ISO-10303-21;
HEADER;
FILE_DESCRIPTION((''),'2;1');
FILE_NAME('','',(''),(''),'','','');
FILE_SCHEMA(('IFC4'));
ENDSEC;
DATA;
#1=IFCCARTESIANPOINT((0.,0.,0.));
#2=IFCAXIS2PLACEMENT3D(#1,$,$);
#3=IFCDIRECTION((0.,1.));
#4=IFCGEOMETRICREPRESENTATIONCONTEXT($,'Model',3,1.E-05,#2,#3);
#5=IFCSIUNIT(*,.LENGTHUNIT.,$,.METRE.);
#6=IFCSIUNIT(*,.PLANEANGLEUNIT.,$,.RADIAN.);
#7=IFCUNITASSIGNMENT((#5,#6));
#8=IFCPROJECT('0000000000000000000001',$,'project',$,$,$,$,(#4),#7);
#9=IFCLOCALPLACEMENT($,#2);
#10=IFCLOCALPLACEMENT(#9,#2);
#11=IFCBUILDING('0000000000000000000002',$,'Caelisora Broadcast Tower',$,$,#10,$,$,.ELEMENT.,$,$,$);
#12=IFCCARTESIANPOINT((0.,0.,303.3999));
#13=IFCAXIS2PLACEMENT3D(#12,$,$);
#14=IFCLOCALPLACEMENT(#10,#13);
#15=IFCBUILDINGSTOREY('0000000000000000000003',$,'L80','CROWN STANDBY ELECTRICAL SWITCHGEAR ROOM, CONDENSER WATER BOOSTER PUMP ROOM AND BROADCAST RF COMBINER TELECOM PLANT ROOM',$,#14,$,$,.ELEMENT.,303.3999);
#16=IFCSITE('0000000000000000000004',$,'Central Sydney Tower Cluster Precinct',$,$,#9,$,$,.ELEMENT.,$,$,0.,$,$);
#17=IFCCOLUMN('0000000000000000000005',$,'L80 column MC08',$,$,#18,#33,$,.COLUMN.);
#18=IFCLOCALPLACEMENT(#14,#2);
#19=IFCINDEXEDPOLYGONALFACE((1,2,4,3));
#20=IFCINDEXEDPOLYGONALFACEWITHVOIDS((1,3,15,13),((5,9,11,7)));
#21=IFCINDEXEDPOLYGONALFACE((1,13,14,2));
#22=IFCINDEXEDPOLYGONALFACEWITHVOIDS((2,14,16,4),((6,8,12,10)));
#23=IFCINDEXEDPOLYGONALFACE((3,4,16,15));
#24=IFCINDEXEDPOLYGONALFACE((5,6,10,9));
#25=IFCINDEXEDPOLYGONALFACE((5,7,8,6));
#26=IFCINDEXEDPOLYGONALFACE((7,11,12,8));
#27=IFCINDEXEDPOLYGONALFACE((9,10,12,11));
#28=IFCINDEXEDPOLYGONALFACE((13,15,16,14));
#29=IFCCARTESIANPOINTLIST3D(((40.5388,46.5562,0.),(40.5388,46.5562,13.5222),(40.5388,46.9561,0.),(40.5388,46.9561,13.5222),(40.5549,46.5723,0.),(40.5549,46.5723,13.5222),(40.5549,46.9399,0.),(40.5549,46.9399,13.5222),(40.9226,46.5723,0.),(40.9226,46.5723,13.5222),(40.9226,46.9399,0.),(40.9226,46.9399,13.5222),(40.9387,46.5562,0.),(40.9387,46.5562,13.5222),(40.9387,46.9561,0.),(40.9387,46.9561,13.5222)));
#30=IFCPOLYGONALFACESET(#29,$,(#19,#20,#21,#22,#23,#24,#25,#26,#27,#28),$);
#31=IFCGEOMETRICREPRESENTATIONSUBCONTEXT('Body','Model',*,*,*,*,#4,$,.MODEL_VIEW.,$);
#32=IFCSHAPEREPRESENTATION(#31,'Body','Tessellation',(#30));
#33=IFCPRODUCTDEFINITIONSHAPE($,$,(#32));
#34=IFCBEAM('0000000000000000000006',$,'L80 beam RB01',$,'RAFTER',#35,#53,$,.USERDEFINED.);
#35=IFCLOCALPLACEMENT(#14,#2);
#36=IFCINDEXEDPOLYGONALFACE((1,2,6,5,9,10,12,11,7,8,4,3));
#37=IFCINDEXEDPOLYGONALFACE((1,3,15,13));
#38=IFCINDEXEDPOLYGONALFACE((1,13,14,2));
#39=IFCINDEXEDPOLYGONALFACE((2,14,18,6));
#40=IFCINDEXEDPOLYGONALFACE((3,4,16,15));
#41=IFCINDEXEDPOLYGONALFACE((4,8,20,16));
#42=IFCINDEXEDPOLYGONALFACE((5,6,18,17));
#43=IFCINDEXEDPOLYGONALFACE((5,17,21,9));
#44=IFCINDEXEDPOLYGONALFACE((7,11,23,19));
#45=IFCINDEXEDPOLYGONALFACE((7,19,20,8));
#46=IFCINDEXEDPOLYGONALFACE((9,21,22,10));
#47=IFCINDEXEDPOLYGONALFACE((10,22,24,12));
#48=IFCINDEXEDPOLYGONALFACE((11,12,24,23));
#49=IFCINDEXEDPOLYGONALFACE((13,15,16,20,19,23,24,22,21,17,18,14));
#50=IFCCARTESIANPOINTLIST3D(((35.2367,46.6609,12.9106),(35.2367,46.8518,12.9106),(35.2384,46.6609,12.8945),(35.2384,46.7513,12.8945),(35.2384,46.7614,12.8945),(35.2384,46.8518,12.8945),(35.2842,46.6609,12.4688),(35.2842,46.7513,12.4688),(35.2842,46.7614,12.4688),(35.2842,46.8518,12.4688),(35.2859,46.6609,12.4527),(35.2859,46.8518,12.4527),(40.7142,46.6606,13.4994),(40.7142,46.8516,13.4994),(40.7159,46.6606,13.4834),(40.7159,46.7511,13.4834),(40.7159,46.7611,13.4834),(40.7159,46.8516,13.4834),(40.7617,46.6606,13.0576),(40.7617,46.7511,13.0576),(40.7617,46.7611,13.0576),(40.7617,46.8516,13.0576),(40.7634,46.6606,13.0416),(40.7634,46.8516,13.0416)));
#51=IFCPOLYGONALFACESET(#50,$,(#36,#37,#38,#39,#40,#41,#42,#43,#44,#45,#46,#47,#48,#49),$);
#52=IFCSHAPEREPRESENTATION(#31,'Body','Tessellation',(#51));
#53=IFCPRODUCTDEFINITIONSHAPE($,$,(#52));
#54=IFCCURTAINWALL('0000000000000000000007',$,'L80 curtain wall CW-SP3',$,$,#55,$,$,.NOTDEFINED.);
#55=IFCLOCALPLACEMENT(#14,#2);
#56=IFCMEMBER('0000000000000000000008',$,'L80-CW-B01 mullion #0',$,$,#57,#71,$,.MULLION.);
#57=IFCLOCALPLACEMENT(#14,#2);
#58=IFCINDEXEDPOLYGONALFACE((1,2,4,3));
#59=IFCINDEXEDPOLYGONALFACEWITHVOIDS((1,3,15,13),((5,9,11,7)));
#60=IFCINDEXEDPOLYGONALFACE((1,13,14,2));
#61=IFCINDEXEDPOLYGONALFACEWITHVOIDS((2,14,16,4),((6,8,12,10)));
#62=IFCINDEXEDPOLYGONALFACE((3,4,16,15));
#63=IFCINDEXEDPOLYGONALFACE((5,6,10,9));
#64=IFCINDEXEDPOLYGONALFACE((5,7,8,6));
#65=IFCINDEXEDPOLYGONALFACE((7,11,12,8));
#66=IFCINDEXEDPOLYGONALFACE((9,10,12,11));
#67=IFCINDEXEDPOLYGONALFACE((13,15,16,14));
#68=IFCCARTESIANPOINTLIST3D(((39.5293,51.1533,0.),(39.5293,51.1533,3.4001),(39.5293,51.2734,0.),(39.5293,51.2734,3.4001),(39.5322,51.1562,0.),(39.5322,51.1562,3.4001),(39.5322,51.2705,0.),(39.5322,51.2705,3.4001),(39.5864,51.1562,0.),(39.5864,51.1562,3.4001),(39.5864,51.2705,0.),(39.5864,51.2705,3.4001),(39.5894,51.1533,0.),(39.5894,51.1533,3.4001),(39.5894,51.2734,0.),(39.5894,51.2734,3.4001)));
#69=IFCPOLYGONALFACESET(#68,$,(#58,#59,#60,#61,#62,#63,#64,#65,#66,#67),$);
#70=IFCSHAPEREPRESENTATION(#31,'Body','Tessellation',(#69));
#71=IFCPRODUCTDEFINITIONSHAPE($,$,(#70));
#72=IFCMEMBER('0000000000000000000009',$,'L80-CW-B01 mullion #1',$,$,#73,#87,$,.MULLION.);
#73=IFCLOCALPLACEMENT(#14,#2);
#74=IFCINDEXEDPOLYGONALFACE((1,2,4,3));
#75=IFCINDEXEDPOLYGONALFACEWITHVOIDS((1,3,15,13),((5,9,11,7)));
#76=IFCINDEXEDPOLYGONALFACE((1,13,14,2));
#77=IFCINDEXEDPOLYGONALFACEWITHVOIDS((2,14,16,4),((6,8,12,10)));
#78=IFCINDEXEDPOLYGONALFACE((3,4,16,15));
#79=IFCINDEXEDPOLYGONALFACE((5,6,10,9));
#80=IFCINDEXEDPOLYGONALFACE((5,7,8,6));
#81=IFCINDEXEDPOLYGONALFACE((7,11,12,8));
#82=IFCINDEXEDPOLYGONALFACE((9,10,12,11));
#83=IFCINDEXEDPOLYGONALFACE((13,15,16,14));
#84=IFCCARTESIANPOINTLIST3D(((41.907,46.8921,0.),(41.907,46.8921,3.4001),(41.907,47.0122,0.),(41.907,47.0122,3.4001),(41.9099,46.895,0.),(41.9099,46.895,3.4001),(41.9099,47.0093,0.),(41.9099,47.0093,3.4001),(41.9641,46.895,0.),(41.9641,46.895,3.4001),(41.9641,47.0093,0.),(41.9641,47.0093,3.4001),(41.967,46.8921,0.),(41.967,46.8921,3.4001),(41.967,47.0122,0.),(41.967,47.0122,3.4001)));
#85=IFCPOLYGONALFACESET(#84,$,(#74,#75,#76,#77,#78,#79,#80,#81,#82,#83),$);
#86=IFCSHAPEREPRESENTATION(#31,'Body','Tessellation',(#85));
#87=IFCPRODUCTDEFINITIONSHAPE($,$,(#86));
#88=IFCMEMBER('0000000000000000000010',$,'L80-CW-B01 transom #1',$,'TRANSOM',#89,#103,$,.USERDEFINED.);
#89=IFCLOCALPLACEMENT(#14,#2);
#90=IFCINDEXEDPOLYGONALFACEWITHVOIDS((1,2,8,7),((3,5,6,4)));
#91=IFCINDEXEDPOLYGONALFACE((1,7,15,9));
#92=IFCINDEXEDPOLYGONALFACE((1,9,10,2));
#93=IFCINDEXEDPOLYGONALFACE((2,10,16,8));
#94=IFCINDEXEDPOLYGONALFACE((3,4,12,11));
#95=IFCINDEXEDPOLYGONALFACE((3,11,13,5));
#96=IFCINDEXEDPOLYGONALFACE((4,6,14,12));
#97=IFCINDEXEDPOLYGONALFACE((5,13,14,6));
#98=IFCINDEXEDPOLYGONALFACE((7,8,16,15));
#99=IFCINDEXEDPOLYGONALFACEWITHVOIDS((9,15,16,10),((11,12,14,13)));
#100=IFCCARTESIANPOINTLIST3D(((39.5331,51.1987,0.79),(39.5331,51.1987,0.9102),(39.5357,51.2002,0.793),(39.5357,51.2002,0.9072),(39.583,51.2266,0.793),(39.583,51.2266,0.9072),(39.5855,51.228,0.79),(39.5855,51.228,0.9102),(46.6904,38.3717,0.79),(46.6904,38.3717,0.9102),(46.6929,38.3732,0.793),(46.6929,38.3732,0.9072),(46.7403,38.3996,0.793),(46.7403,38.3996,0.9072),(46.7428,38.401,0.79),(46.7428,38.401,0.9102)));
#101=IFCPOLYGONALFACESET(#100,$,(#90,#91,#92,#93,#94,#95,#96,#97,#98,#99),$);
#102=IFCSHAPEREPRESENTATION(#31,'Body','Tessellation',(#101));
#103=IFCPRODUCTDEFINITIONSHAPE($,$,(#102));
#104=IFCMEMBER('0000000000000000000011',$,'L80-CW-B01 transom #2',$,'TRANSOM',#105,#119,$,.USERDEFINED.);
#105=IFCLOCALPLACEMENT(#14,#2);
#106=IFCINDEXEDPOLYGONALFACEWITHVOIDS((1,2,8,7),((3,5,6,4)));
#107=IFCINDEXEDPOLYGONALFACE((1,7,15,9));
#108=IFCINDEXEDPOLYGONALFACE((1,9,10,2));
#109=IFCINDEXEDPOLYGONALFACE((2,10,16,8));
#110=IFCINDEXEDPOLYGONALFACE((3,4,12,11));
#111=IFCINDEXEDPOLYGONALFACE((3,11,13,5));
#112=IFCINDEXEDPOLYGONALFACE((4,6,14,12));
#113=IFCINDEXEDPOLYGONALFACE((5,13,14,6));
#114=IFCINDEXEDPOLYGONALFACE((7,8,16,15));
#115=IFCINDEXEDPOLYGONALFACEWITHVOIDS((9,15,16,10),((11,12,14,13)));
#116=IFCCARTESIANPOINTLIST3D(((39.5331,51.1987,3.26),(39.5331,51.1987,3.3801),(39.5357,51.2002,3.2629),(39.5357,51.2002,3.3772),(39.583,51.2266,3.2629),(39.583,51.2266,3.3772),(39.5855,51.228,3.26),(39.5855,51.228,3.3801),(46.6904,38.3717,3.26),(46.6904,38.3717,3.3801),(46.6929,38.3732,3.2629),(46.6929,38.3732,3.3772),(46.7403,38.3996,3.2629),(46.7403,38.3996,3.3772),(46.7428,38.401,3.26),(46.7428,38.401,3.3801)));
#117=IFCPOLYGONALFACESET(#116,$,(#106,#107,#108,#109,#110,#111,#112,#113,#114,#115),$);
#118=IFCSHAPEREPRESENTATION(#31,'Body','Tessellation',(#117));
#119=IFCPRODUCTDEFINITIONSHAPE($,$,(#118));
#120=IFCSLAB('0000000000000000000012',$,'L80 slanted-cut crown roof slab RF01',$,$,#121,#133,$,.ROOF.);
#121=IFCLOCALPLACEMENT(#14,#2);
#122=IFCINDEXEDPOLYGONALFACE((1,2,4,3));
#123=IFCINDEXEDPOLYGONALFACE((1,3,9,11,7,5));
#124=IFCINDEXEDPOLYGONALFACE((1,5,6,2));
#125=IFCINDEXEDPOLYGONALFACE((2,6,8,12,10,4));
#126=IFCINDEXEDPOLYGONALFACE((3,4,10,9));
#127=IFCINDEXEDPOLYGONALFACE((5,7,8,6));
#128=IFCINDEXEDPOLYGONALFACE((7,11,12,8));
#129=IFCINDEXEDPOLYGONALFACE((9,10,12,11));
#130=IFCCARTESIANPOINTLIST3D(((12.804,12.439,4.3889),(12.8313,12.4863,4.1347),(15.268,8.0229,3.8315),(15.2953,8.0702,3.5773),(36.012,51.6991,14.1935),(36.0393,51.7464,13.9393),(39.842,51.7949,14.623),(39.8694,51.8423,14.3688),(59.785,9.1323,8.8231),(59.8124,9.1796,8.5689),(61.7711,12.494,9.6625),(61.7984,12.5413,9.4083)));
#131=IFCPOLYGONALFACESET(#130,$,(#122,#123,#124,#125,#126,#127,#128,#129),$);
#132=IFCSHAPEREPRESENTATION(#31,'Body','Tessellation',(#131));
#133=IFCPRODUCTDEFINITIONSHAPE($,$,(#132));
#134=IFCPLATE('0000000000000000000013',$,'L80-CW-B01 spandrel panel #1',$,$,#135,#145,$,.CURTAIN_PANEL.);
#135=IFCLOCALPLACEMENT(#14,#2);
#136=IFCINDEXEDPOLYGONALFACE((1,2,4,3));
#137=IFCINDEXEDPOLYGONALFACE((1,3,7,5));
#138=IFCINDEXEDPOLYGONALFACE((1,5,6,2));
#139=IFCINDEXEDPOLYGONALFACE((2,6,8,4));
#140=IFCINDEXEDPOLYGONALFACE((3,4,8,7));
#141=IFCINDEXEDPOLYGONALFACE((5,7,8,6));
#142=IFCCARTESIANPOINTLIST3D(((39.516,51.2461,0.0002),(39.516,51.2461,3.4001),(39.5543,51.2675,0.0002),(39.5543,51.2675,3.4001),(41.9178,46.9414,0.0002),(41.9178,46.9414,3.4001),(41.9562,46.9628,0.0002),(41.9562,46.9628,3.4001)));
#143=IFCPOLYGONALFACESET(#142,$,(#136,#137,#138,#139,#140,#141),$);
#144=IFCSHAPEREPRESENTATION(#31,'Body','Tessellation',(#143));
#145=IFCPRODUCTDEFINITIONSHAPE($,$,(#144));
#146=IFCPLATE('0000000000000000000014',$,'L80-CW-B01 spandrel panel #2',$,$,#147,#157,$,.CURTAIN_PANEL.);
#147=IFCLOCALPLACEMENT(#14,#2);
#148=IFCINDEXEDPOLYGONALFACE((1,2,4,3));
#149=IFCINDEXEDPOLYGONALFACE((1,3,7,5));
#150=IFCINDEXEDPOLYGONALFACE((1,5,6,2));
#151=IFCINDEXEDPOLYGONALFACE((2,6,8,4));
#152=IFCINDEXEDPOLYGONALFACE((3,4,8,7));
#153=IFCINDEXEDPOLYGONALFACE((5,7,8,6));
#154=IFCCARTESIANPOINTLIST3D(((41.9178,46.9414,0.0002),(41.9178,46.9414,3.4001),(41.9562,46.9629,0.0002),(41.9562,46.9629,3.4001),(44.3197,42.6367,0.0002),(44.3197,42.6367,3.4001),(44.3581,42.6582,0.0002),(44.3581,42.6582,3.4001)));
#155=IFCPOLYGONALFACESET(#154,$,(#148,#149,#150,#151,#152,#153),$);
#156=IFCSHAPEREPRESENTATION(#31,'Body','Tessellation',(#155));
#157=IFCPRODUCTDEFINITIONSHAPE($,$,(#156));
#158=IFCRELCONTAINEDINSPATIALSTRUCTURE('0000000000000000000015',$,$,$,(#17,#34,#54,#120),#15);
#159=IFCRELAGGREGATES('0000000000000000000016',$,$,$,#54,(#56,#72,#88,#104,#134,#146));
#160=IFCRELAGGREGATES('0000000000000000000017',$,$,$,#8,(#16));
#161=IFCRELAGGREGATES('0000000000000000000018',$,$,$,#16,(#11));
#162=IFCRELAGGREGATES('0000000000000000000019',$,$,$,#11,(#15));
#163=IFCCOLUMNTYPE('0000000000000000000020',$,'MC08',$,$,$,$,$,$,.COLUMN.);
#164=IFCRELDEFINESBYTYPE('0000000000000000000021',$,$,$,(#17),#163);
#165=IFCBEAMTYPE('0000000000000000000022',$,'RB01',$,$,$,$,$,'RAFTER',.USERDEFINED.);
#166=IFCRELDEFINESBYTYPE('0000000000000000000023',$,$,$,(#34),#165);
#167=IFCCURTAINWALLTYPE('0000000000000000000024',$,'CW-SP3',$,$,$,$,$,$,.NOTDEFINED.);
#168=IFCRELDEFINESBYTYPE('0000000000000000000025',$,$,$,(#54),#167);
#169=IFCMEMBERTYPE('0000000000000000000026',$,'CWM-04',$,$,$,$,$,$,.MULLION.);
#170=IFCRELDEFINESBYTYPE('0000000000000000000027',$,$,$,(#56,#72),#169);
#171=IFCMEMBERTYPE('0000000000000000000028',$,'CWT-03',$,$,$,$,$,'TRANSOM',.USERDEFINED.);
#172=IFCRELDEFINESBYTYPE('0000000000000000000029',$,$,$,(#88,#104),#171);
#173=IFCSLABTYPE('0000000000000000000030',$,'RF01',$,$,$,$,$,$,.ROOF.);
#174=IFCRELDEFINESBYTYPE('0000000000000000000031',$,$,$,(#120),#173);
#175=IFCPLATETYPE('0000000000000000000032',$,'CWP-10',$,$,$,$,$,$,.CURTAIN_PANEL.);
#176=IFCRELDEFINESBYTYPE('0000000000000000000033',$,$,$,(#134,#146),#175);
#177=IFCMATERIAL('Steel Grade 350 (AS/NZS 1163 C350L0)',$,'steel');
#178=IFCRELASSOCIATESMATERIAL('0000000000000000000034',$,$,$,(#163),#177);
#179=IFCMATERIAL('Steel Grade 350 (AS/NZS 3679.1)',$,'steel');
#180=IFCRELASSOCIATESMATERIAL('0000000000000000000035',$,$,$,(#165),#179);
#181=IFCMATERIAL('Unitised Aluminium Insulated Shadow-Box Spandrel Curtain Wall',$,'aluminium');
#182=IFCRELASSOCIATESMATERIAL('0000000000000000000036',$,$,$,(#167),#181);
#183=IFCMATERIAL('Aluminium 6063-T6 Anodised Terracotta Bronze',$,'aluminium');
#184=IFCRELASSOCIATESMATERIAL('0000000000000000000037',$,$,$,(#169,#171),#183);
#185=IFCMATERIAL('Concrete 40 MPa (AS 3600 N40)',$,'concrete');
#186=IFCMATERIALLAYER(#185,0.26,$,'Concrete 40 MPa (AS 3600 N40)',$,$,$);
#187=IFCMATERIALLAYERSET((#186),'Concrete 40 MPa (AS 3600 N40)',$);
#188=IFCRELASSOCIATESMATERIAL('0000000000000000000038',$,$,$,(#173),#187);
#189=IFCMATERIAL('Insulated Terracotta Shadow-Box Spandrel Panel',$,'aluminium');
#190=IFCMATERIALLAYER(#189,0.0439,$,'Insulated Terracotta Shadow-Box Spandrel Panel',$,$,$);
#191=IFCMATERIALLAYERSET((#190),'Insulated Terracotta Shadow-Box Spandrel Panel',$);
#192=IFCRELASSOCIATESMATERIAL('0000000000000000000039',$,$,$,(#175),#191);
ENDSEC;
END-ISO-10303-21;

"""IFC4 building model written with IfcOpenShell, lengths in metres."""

from ifc_helpers import new_model, si_unit, direction, frame, origin, origin_2d, place, context, subcontext, project, spatial, polyline, rectangle, hollow_rectangle, i_section, outline, extrude, source, transform, mapped, material, layer, layer_set, material_profile, profile_set, type_object, type_shapes, element, aggregate, save


model = new_model("IFC4")

# Units and contexts
model_context = context("Model", 3, precision=1e-05, world=origin(), true_north=direction((0.0, 1.0)))
body_context = subcontext(model_context, "Body", "Model", "MODEL_VIEW")
ifc_project = project(units=[si_unit("LENGTHUNIT", "METRE"), si_unit("PLANEANGLEUNIT", "RADIAN")], contexts=[model_context])

# Site, building, storey
site_placement = place(None, origin())
site = spatial("IfcSite", under=ifc_project, at=site_placement, Name="Central Sydney Tower Cluster Precinct", CompositionType="ELEMENT", RefElevation=0.0)
building_placement = place(site_placement, origin())
building = spatial("IfcBuilding", under=site, at=building_placement, Name="Caelisora Broadcast Tower", CompositionType="ELEMENT")
storey_placement = place(building_placement, frame((0.0, 0.0, 303.3999)))
storey = spatial("IfcBuildingStorey", under=building, at=storey_placement, Name="L80", Description="CROWN STANDBY ELECTRICAL SWITCHGEAR ROOM, CONDENSER WATER BOOSTER PUMP ROOM AND BROADCAST RF COMBINER TELECOM PLANT ROOM", CompositionType="ELEMENT", Elevation=303.3999)

# Column
ifc_material_1 = material(Name="Steel Grade 350 (AS/NZS 1163 C350L0)", Category="steel")
ifc_material_profile_1 = material_profile(ifc_material_1, hollow_rectangle(XDim=0.3999, YDim=0.3999, WallThickness=0.0161, at=origin_2d()), Name="Steel Grade 350 (AS/NZS 1163 C350L0)")
ifc_profile_set_1 = profile_set([ifc_material_profile_1], Name="Steel Grade 350 (AS/NZS 1163 C350L0)")
column_type = type_object("IfcColumnType", Name="MC08", PredefinedType="COLUMN", material=ifc_profile_set_1)
shared_shape_1 = source(origin(), body_context, "Body", "SweptSolid", [
    extrude(hollow_rectangle(XDim=0.3999, YDim=0.3999, WallThickness=0.0161, at=origin_2d()), origin(), (0.0, 0.0, 1.0), 13.5222),
])
type_shapes(column_type, [shared_shape_1])
column_placement = place(storey_placement, frame((40.7388, 46.7561, 0.0), z_axis=(0.0, 0.0, 1.0), x_axis=(1.0, 0.0, 0.0)))
element("IfcColumn", 1, at=column_placement, inside=storey, type_object=column_type, Name="L80 column MC08", PredefinedType="COLUMN", context=body_context, shape_type="MappedRepresentation", body=[
    mapped(shared_shape_1, transform((0.0, 0.0, 0.0), scale=1.0)),
])

# Beam
ifc_material_2 = material(Name="Steel Grade 350 (AS/NZS 3679.1)", Category="steel")
ifc_material_profile_2 = material_profile(ifc_material_2, i_section(OverallWidth=0.1909, OverallDepth=0.4604, WebThickness=0.01, FlangeThickness=0.0161, at=origin_2d()), Name="Steel Grade 350 (AS/NZS 3679.1)")
ifc_profile_set_2 = profile_set([ifc_material_profile_2], Name="Steel Grade 350 (AS/NZS 3679.1)")
beam_type = type_object("IfcBeamType", Name="RB01", ElementType="RAFTER", PredefinedType="USERDEFINED", material=ifc_profile_set_2)
shared_shape_2 = source(origin(), body_context, "Body", "SweptSolid", [
    extrude(i_section(OverallWidth=0.1909, OverallDepth=0.4604, WebThickness=0.01, FlangeThickness=0.0161, at=origin_2d()), origin(), (0.0, 0.0, 1.0), 5.509),
])
type_shapes(beam_type, [shared_shape_2])
beam_placement = place(storey_placement, frame((40.7388, 46.7561, 13.2705), z_axis=(-0.994271, 0.000044, -0.10689), x_axis=(-0.000045, -1.0, 0.0)))
element("IfcBeam", 2, at=beam_placement, inside=storey, type_object=beam_type, Name="L80 beam RB01", ObjectType="RAFTER", PredefinedType="USERDEFINED", context=body_context, shape_type="MappedRepresentation", body=[
    mapped(shared_shape_2, transform((0.0, 0.0, 0.0), scale=1.0)),
])

# Curtain wall, members
ifc_material_3 = material(Name="Unitised Aluminium Insulated Shadow-Box Spandrel Curtain Wall", Category="aluminium")
curtain_wall_type = type_object("IfcCurtainWallType", Name="CW-SP3", PredefinedType="NOTDEFINED", material=ifc_material_3)
curtain_wall_placement = place(storey_placement, origin())
curtain_wall = element("IfcCurtainWall", 3, at=curtain_wall_placement, inside=storey, type_object=curtain_wall_type, Name="L80 curtain wall CW-SP3", PredefinedType="NOTDEFINED")
ifc_material_4 = material(Name="Aluminium 6063-T6 Anodised Terracotta Bronze", Category="aluminium")
ifc_material_profile_3 = material_profile(ifc_material_4, hollow_rectangle(XDim=0.0601, YDim=0.1201, WallThickness=0.0029, at=origin_2d()), Name="Aluminium 6063-T6 Anodised Terracotta Bronze")
ifc_profile_set_3 = profile_set([ifc_material_profile_3], Name="Aluminium 6063-T6 Anodised Terracotta Bronze")
member_type_1 = type_object("IfcMemberType", Name="CWM-04", PredefinedType="MULLION", material=ifc_profile_set_3)
shared_shape_3 = source(origin(), body_context, "Body", "SweptSolid", [
    extrude(hollow_rectangle(XDim=0.0601, YDim=0.1201, WallThickness=0.0029, at=origin_2d()), origin(), (0.0, 0.0, 1.0), 3.4001),
])
type_shapes(member_type_1, [shared_shape_3])
member_1_placement = place(storey_placement, frame((39.5593, 51.2134, 0.0), z_axis=(0.0, 0.0, 1.0), x_axis=(1.0, 0.0, 0.0)))
member_1 = element("IfcMember", 4, at=member_1_placement, type_object=member_type_1, Name="L80-CW-B01 mullion #0", PredefinedType="MULLION", context=body_context, shape_type="MappedRepresentation", body=[
    mapped(shared_shape_3, transform((0.0, 0.0, 0.0), scale=1.0)),
])
member_2_placement = place(storey_placement, frame((41.937, 46.9521, 0.0), z_axis=(0.0, 0.0, 1.0), x_axis=(1.0, 0.0, 0.0)))
member_2 = element("IfcMember", 5, at=member_2_placement, type_object=member_type_1, Name="L80-CW-B01 mullion #1", PredefinedType="MULLION", context=body_context, shape_type="MappedRepresentation", body=[
    mapped(shared_shape_3, transform((0.0, 0.0, 0.0), scale=1.0)),
])
ifc_material_profile_4 = material_profile(ifc_material_4, hollow_rectangle(XDim=0.0601, YDim=0.1201, WallThickness=0.0029, at=origin_2d()), Name="Aluminium 6063-T6 Anodised Terracotta Bronze")
ifc_profile_set_4 = profile_set([ifc_material_profile_4], Name="Aluminium 6063-T6 Anodised Terracotta Bronze")
member_type_2 = type_object("IfcMemberType", Name="CWT-03", ElementType="TRANSOM", PredefinedType="USERDEFINED", material=ifc_profile_set_4)
shared_shape_4 = source(origin(), body_context, "Body", "SweptSolid", [
    extrude(hollow_rectangle(XDim=0.0601, YDim=0.1201, WallThickness=0.0029, at=origin_2d()), origin(), (0.0, 0.0, 1.0), 14.6887),
])
type_shapes(member_type_2, [shared_shape_4])
member_3_placement = place(storey_placement, frame((39.5593, 51.2134, 0.8501), z_axis=(0.487264, -0.873255, 0.0), x_axis=(0.873255, 0.487264, 0.0)))
member_3 = element("IfcMember", 6, at=member_3_placement, type_object=member_type_2, Name="L80-CW-B01 transom #1", ObjectType="TRANSOM", PredefinedType="USERDEFINED", context=body_context, shape_type="MappedRepresentation", body=[
    mapped(shared_shape_4, transform((0.0, 0.0, 0.0), scale=1.0)),
])
member_4_placement = place(storey_placement, frame((39.5593, 51.2134, 3.3201), z_axis=(0.487264, -0.873255, 0.0), x_axis=(0.873255, 0.487264, 0.0)))
member_4 = element("IfcMember", 7, at=member_4_placement, type_object=member_type_2, Name="L80-CW-B01 transom #2", ObjectType="TRANSOM", PredefinedType="USERDEFINED", context=body_context, shape_type="MappedRepresentation", body=[
    mapped(shared_shape_4, transform((0.0, 0.0, 0.0), scale=1.0)),
])

# Slab
ifc_material_5 = material(Name="Concrete 40 MPa (AS 3600 N40)", Category="concrete")
ifc_layer_1 = layer(ifc_material_5, 0.26, Name="Concrete 40 MPa (AS 3600 N40)")
ifc_layer_set_1 = layer_set([ifc_layer_1], Name="Concrete 40 MPa (AS 3600 N40)")
slab_type = type_object("IfcSlabType", Name="RF01", PredefinedType="ROOF", material=ifc_layer_set_1)
slab_placement = place(storey_placement, frame((39.842, 51.7949, 14.623), z_axis=(-0.105086, -0.182036, 0.97766), x_axis=(0.484325, -0.868001, -0.109559)))
element("IfcSlab", 8, at=slab_placement, inside=storey, type_object=slab_type, Name="L80 slanted-cut crown roof slab RF01", PredefinedType="ROOF", context=body_context, shape_type="SweptSolid", body=[
    extrude(outline(polyline([(0.0, 0.0), (45.2775, 0.0), (47.3255, -3.4286), (27.2747, -43.502), (22.187, -43.5019), (-1.7247, -3.4479), (0.0, 0.0)])), origin(), (0.0, 0.0, -1.0), 0.26),
])

# Plates
ifc_material_6 = material(Name="Insulated Terracotta Shadow-Box Spandrel Panel", Category="aluminium")
ifc_layer_2 = layer(ifc_material_6, 0.0439, Name="Insulated Terracotta Shadow-Box Spandrel Panel")
ifc_layer_set_2 = layer_set([ifc_layer_2], Name="Insulated Terracotta Shadow-Box Spandrel Panel")
plate_type = type_object("IfcPlateType", Name="CWP-10", PredefinedType="CURTAIN_PANEL", material=ifc_layer_set_2)
shared_shape_5 = source(origin(), body_context, "Body", "SweptSolid", [
    extrude(rectangle(XDim=4.9294, YDim=0.0439, at=origin_2d()), origin(), (0.0, 0.0, 1.0), 3.3999),
])
type_shapes(plate_type, [shared_shape_5])
plate_1_placement = place(storey_placement, frame((40.7361, 49.1045, 0.0002), z_axis=(0.0, 0.0, 1.0), x_axis=(0.48725, -0.873262, 0.0)))
plate_1 = element("IfcPlate", 9, at=plate_1_placement, type_object=plate_type, Name="L80-CW-B01 spandrel panel #1", PredefinedType="CURTAIN_PANEL", context=body_context, shape_type="MappedRepresentation", body=[
    mapped(shared_shape_5, transform((0.0, 0.0, 0.0), scale=1.0)),
])
plate_2_placement = place(storey_placement, frame((43.1379, 44.7998, 0.0002), z_axis=(0.0, 0.0, 1.0), x_axis=(0.48725, -0.873262, 0.0)))
plate_2 = element("IfcPlate", 10, at=plate_2_placement, type_object=plate_type, Name="L80-CW-B01 spandrel panel #2", PredefinedType="CURTAIN_PANEL", context=body_context, shape_type="MappedRepresentation", body=[
    mapped(shared_shape_5, transform((0.0, 0.0, 0.0), scale=1.0)),
])
aggregate(curtain_wall, [member_1, member_2, member_3, member_4, plate_1, plate_2])

save(model, "model.ifc")
